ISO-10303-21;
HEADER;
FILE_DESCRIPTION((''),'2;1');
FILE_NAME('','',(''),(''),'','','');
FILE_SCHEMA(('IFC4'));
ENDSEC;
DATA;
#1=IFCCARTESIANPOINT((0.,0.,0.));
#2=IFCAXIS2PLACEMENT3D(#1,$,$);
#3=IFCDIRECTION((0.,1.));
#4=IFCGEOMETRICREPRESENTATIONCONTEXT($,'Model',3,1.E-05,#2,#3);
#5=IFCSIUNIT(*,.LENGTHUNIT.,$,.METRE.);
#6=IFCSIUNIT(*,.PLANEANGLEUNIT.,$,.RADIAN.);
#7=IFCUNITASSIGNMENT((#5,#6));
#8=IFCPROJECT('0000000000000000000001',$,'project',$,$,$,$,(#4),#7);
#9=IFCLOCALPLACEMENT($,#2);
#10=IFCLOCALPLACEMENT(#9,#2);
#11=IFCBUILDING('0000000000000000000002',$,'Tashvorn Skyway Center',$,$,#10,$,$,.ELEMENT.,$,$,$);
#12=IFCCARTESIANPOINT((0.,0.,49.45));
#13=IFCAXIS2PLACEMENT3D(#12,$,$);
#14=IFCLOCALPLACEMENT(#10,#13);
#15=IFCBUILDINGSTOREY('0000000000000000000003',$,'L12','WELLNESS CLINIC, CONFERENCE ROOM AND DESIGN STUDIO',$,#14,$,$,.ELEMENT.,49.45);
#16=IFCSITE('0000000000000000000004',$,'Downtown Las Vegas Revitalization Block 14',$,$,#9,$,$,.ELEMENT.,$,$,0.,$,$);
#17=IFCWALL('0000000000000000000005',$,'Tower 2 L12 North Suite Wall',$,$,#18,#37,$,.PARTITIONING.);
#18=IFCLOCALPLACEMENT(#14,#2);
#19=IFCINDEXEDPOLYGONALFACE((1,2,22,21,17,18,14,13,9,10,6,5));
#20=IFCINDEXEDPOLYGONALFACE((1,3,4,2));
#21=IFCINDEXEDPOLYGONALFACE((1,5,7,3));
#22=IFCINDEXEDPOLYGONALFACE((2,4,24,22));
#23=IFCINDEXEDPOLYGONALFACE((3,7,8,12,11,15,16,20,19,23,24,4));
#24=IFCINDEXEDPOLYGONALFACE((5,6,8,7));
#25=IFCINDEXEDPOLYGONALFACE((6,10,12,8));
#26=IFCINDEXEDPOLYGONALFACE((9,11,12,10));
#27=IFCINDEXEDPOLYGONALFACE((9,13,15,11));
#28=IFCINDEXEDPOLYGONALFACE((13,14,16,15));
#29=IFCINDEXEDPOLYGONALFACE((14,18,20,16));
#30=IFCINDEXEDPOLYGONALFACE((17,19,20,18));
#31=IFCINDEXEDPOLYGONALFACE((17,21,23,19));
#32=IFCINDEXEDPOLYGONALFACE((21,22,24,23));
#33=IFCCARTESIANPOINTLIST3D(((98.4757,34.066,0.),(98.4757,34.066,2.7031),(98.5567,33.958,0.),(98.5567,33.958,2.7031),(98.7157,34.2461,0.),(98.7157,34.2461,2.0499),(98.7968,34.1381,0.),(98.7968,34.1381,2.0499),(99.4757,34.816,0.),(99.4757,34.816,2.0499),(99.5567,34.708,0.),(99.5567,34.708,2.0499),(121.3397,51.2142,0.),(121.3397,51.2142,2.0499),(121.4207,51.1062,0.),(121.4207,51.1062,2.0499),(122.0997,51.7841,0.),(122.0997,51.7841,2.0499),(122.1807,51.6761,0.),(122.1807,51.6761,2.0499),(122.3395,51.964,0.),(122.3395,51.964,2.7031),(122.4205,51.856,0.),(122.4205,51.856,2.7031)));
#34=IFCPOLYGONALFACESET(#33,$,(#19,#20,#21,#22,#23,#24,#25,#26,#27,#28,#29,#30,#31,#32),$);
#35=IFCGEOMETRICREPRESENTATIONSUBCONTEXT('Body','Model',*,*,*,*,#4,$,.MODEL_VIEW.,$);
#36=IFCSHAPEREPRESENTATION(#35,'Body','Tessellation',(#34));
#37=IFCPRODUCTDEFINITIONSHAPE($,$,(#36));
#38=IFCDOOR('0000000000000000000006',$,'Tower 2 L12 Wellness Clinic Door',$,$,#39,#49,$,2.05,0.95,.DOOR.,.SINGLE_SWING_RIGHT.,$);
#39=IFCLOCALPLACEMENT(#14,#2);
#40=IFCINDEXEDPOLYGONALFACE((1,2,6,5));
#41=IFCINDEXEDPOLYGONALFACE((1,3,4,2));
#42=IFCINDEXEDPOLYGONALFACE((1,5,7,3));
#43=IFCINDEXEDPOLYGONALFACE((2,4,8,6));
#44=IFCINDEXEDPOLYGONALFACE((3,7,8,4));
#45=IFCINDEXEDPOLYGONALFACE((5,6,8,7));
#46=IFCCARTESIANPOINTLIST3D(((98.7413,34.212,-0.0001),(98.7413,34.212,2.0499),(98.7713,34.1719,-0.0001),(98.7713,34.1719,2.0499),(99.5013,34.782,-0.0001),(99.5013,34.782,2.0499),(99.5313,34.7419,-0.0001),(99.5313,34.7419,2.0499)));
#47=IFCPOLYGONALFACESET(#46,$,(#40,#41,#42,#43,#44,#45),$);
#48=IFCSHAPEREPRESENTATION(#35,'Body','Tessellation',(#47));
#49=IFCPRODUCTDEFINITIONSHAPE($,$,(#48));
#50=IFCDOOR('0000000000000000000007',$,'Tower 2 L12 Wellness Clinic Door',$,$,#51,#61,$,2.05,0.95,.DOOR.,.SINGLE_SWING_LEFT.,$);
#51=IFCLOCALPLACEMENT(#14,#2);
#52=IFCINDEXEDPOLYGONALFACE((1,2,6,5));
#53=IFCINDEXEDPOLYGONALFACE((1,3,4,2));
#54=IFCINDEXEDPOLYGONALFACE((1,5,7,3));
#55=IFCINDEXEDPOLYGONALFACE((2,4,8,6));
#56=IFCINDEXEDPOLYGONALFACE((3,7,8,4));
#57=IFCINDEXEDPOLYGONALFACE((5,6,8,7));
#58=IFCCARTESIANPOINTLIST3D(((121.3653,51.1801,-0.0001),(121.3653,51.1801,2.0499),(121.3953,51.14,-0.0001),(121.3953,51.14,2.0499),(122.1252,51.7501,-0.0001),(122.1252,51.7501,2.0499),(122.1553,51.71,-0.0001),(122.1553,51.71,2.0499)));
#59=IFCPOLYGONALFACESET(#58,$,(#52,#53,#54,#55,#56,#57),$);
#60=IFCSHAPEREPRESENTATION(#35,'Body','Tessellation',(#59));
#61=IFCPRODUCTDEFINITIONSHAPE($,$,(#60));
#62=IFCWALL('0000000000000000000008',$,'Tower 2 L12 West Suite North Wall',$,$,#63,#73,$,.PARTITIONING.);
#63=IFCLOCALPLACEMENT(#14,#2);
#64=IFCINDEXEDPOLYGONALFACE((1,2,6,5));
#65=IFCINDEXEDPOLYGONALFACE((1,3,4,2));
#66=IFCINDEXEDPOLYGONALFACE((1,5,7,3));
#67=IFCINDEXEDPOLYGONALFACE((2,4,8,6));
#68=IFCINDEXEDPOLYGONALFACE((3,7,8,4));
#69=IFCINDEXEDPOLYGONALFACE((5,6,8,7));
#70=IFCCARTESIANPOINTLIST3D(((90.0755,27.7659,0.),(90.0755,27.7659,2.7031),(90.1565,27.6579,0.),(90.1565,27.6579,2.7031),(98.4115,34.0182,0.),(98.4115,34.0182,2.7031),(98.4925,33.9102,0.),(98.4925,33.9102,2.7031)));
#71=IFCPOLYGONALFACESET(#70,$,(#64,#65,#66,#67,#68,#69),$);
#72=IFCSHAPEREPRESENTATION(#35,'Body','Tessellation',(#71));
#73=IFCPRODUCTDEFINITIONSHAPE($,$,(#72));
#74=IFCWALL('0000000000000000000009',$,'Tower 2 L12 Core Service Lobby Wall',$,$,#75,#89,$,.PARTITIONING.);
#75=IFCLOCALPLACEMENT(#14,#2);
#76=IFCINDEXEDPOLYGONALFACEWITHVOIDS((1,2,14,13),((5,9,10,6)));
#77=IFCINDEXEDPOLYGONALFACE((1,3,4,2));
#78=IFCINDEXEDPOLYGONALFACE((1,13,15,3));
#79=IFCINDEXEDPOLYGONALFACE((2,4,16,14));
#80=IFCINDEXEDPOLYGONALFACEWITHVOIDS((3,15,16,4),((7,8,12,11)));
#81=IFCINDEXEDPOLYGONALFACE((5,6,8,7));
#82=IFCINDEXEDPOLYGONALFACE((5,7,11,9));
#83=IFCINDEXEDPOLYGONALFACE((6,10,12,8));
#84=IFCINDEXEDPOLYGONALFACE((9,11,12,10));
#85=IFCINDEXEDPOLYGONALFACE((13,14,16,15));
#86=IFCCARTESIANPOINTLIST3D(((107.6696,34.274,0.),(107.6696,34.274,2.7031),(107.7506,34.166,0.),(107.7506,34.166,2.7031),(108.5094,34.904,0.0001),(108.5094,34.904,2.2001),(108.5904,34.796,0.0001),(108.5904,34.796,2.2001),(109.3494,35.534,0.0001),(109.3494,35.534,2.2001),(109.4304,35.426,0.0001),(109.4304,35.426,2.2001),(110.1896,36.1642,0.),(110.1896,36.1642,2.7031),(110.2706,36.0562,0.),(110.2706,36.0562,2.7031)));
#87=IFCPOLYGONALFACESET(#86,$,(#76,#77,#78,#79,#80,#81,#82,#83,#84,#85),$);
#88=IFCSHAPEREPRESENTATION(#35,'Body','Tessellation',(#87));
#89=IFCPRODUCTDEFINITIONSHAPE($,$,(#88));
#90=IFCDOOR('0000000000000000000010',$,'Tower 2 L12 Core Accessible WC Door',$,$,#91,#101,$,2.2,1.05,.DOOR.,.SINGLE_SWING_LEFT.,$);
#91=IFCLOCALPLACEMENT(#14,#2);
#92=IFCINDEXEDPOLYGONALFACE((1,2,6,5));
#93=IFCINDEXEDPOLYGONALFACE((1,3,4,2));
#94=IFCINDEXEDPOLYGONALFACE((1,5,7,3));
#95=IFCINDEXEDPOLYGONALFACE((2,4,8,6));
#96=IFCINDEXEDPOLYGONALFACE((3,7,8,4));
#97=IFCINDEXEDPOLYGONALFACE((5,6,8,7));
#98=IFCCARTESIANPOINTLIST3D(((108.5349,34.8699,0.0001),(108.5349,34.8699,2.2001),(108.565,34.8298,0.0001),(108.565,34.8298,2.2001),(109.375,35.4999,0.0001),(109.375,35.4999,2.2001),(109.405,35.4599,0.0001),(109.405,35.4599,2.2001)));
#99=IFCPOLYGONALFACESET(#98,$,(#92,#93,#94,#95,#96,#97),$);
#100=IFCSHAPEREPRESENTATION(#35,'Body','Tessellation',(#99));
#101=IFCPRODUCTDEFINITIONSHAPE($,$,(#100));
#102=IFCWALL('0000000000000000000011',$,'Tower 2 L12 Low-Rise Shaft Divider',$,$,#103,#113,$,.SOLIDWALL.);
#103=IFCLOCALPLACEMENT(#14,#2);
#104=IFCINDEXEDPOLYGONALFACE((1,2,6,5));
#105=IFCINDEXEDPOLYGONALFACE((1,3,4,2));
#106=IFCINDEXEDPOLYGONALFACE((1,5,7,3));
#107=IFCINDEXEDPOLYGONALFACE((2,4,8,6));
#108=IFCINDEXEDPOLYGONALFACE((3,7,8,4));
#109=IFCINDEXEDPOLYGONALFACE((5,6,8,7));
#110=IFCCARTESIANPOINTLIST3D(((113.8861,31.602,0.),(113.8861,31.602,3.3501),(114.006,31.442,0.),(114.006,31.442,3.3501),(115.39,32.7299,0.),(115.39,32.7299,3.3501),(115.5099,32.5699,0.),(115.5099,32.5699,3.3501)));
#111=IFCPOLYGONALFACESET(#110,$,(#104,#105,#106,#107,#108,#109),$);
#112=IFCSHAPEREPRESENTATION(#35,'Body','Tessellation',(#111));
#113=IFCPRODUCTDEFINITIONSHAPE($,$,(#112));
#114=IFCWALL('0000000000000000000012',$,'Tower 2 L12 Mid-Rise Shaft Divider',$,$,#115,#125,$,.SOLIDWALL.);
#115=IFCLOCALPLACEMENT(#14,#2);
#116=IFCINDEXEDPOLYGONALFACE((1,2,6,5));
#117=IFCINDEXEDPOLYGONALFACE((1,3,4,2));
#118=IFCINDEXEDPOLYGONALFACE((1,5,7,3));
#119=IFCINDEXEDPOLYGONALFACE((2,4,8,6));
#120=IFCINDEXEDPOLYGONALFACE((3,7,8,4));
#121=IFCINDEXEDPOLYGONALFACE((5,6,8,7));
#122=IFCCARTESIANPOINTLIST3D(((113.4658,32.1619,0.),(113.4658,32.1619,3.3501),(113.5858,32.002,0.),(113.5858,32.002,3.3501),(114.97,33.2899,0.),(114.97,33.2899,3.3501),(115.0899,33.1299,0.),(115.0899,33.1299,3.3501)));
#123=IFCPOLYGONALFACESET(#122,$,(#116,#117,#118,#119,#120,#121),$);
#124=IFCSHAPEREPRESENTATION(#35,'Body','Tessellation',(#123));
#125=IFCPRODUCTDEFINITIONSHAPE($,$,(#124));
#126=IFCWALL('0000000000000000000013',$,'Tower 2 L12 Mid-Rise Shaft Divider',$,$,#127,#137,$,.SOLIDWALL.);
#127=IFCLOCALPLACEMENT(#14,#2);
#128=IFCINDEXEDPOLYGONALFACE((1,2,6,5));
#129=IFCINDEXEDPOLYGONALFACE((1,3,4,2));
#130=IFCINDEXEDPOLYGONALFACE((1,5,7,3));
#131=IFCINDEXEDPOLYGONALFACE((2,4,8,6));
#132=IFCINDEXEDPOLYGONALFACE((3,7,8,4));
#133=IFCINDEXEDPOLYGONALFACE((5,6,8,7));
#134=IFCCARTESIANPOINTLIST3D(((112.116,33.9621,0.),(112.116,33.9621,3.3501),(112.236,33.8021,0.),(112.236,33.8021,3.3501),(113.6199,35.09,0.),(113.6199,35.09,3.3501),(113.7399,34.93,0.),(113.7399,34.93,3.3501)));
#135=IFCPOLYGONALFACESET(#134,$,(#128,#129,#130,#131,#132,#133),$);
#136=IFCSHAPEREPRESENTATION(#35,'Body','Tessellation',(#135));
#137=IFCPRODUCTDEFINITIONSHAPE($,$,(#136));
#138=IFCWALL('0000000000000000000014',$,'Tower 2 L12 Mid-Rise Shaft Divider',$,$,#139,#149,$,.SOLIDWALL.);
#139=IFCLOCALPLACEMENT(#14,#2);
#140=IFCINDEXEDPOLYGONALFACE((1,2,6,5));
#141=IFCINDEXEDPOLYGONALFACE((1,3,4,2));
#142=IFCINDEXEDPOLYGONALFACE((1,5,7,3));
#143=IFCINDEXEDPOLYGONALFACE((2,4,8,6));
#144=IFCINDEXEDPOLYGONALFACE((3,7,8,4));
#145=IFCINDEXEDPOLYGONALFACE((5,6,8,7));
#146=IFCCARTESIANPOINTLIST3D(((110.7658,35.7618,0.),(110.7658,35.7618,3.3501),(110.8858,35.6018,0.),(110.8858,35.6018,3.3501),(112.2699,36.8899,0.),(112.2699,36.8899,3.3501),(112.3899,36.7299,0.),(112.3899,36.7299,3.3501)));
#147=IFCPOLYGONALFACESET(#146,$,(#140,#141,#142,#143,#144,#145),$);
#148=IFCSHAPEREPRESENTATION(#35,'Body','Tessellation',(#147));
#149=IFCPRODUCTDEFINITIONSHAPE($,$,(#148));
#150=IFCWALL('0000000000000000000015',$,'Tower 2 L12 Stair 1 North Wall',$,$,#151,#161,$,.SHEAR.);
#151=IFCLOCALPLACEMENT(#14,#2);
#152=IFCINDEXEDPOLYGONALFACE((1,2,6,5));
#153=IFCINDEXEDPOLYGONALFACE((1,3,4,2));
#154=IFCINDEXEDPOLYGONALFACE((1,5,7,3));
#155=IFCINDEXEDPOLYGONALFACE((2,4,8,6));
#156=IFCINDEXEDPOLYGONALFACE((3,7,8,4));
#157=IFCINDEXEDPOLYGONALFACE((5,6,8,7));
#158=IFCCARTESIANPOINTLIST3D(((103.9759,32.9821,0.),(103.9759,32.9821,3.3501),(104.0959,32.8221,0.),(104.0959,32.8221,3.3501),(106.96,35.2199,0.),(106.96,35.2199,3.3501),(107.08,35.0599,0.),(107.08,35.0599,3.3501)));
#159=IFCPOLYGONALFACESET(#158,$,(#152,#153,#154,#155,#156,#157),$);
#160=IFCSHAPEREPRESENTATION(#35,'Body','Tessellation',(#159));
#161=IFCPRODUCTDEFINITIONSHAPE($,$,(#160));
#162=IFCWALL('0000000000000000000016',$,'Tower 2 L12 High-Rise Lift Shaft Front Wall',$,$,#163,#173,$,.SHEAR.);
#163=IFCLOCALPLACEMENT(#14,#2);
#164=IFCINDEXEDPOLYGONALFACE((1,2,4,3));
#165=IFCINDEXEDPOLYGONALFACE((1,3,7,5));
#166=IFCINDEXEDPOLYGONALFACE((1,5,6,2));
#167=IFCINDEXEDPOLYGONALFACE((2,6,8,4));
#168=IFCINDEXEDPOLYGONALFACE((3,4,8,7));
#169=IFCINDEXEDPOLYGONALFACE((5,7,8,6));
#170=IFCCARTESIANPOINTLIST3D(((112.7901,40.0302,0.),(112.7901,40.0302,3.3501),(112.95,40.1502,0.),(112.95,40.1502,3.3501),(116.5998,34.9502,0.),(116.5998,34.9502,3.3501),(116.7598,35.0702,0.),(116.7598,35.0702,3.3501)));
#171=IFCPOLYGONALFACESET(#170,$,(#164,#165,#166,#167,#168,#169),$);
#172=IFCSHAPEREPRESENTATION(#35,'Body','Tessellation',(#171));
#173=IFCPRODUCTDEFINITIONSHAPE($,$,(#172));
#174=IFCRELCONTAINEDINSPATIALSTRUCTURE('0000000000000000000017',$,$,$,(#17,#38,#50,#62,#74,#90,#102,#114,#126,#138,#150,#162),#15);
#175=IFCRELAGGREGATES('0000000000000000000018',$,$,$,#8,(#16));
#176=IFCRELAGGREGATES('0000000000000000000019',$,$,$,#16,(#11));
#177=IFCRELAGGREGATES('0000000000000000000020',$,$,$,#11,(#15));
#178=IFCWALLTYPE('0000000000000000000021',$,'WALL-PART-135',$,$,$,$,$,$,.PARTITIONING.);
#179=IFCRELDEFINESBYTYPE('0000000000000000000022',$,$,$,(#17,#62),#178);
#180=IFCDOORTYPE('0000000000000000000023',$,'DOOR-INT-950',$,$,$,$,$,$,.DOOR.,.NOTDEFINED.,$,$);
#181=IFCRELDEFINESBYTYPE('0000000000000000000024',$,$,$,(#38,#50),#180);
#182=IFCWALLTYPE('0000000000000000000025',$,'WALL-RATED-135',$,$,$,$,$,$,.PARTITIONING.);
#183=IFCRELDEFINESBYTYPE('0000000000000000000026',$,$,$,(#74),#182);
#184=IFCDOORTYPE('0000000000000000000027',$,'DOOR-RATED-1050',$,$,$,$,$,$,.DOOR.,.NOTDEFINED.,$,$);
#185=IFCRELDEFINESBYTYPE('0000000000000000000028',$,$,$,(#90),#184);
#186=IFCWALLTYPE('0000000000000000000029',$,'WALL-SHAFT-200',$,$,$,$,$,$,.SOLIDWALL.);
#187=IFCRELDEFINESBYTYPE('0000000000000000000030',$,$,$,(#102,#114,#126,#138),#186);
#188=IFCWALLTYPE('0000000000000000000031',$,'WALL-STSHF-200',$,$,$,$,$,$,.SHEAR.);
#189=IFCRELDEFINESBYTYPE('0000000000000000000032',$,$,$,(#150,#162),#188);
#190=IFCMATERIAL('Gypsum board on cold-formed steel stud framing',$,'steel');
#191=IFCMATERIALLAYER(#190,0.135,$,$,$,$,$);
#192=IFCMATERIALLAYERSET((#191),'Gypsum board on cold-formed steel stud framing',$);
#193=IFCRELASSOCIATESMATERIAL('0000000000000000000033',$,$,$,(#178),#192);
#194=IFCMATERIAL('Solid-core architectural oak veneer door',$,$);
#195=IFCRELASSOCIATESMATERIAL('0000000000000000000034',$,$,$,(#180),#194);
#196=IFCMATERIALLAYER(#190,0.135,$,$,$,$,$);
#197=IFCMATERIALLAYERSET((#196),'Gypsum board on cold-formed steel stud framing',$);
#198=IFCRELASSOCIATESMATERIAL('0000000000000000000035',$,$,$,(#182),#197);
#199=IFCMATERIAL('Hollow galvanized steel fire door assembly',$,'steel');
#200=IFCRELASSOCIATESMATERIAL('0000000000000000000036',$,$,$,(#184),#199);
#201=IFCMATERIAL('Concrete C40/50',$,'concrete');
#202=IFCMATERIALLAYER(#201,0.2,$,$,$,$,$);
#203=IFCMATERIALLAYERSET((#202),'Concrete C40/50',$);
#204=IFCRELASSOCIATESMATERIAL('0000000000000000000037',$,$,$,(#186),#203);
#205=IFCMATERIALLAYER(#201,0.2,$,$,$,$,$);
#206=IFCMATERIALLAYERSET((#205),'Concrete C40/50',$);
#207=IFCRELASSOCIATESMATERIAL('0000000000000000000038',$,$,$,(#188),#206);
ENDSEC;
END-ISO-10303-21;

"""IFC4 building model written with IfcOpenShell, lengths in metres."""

from ifc_helpers import new_model, si_unit, direction, frame, frame_2d, origin, place, context, subcontext, project, spatial, rectangle, extrude, material, layer, layer_set, type_object, element, fill, save


model = new_model("IFC4")

# Units and contexts
model_context = context("Model", 3, precision=1e-05, world=origin(), true_north=direction((0.0, 1.0)))
body_context = subcontext(model_context, "Body", "Model", "MODEL_VIEW")
ifc_project = project(units=[si_unit("LENGTHUNIT", "METRE"), si_unit("PLANEANGLEUNIT", "RADIAN")], contexts=[model_context])

# Site, building, storey
site_placement = place(None, origin())
site = spatial("IfcSite", under=ifc_project, at=site_placement, Name="Downtown Las Vegas Revitalization Block 14", CompositionType="ELEMENT", RefElevation=0.0)
building_placement = place(site_placement, origin())
building = spatial("IfcBuilding", under=site, at=building_placement, Name="Tashvorn Skyway Center", CompositionType="ELEMENT")
storey_placement = place(building_placement, frame((0.0, 0.0, 49.45)))
storey = spatial("IfcBuildingStorey", under=building, at=storey_placement, Name="L12", Description="WELLNESS CLINIC, CONFERENCE ROOM AND DESIGN STUDIO", CompositionType="ELEMENT", Elevation=49.45)

# Shared definitions
ifc_material_1 = material(Name="Hollow galvanized steel fire door assembly", Category="steel")

# Shared definitions
ifc_material_2 = material(Name="Gypsum board on cold-formed steel stud framing", Category="steel")

# Wall, openings, doors
ifc_layer_1 = layer(ifc_material_2, 0.135)
ifc_layer_set_1 = layer_set([ifc_layer_1], Name="Gypsum board on cold-formed steel stud framing")
wall_type_1 = type_object("IfcWallType", Name="WALL-PART-135", PredefinedType="PARTITIONING", material=ifc_layer_set_1)
wall_1_placement = place(storey_placement, frame((98.5161, 34.012, 0.0), z_axis=(0.0, 0.0, 1.0), x_axis=(0.799998, 0.600003, 0.0)))
wall_1 = element("IfcWall", 1, at=wall_1_placement, inside=storey, type_object=wall_type_1, Name="Tower 2 L12 North Suite Wall", PredefinedType="PARTITIONING", context=body_context, shape_type="SweptSolid", body=[
    extrude(rectangle(XDim=29.8298, YDim=0.135, at=frame_2d((14.915, 0.0))), origin(), (0.0, 0.0, 1.0), 2.7031),
])
opening_1_placement = place(wall_1_placement, frame((0.3, 0.0, 0.0)))
opening_1 = element("IfcOpeningElement", 2, at=opening_1_placement, cuts=wall_1, PredefinedType="OPENING", context=body_context, shape_type="SweptSolid", body=[
    extrude(rectangle(XDim=0.95, YDim=2.05, at=frame_2d((0.4751, 1.0249))), frame((0.0, 0.0774, 0.0), z_axis=(0.0, -1.0, 0.0), x_axis=(1.0, 0.0, 0.0)), (0.0, 0.0, 1.0), 0.155),
])
opening_2_placement = place(wall_1_placement, frame((28.5801, 0.0, 0.0)))
opening_2 = element("IfcOpeningElement", 3, at=opening_2_placement, cuts=wall_1, PredefinedType="OPENING", context=body_context, shape_type="SweptSolid", body=[
    extrude(rectangle(XDim=0.95, YDim=2.05, at=frame_2d((0.4751, 1.0249))), frame((0.0, 0.0774, 0.0), z_axis=(0.0, -1.0, 0.0), x_axis=(1.0, 0.0, 0.0)), (0.0, 0.0, 1.0), 0.155),
])
ifc_material_3 = material(Name="Solid-core architectural oak veneer door")
door_type_1 = type_object("IfcDoorType", Name="DOOR-INT-950", OperationType="NOTDEFINED", PredefinedType="DOOR", material=ifc_material_3)
door_1_placement = place(opening_1_placement, origin())
door_1 = element("IfcDoor", 4, at=door_1_placement, inside=storey, type_object=door_type_1, Name="Tower 2 L12 Wellness Clinic Door", OperationType="SINGLE_SWING_RIGHT", OverallHeight=2.05, OverallWidth=0.95, PredefinedType="DOOR", context=body_context, shape_type="SweptSolid", body=[
    extrude(rectangle(XDim=0.95, YDim=2.05, at=frame_2d((0.4751, 1.0249))), frame((0.0, 0.0249, 0.0), z_axis=(0.0, -1.0, 0.0), x_axis=(1.0, 0.0, 0.0)), (0.0, 0.0, 1.0), 0.05),
])
fill(opening_1, door_1)
door_2_placement = place(opening_2_placement, origin())
door_2 = element("IfcDoor", 5, at=door_2_placement, inside=storey, type_object=door_type_1, Name="Tower 2 L12 Wellness Clinic Door", OperationType="SINGLE_SWING_LEFT", OverallHeight=2.05, OverallWidth=0.95, PredefinedType="DOOR", context=body_context, shape_type="SweptSolid", body=[
    extrude(rectangle(XDim=0.95, YDim=2.05, at=frame_2d((0.4751, 1.0249))), frame((0.0, 0.0249, 0.0), z_axis=(0.0, -1.0, 0.0), x_axis=(1.0, 0.0, 0.0)), (0.0, 0.0, 1.0), 0.05),
])
fill(opening_2, door_2)

# Wall
wall_2_placement = place(storey_placement, frame((98.4519, 33.9641, 0.0), z_axis=(0.0, 0.0, 1.0), x_axis=(-0.799989, -0.600015, 0.0)))
element("IfcWall", 6, at=wall_2_placement, inside=storey, type_object=wall_type_1, Name="Tower 2 L12 West Suite North Wall", PredefinedType="PARTITIONING", context=body_context, shape_type="SweptSolid", body=[
    extrude(rectangle(XDim=10.4202, YDim=0.135, at=frame_2d((5.21, 0.0))), origin(), (0.0, 0.0, 1.0), 2.7031),
])

# Wall, opening, door
ifc_layer_2 = layer(ifc_material_2, 0.135)
ifc_layer_set_2 = layer_set([ifc_layer_2], Name="Gypsum board on cold-formed steel stud framing")
wall_type_2 = type_object("IfcWallType", Name="WALL-RATED-135", PredefinedType="PARTITIONING", material=ifc_layer_set_2)
wall_3_placement = place(storey_placement, frame((107.71, 34.22, 0.0), z_axis=(0.0, 0.0, 1.0), x_axis=(0.799981, 0.600025, 0.0)))
wall_3 = element("IfcWall", 7, at=wall_3_placement, inside=storey, type_object=wall_type_2, Name="Tower 2 L12 Core Service Lobby Wall", PredefinedType="PARTITIONING", context=body_context, shape_type="SweptSolid", body=[
    extrude(rectangle(XDim=3.1501, YDim=0.135, at=frame_2d((1.5752, 0.0))), origin(), (0.0, 0.0, 1.0), 2.7031),
])
opening_3_placement = place(wall_3_placement, frame((1.05, 0.0, 0.0)))
opening_3 = element("IfcOpeningElement", 8, at=opening_3_placement, cuts=wall_3, PredefinedType="OPENING", context=body_context, shape_type="SweptSolid", body=[
    extrude(rectangle(XDim=1.05, YDim=2.2, at=frame_2d((0.5249, 1.1001))), frame((0.0, 0.0774, 0.0), z_axis=(0.0, -1.0, 0.0), x_axis=(1.0, 0.0, 0.0)), (0.0, 0.0, 1.0), 0.155),
])
door_type_2 = type_object("IfcDoorType", Name="DOOR-RATED-1050", OperationType="NOTDEFINED", PredefinedType="DOOR", material=ifc_material_1)
door_3_placement = place(opening_3_placement, origin())
door_3 = element("IfcDoor", 9, at=door_3_placement, inside=storey, type_object=door_type_2, Name="Tower 2 L12 Core Accessible WC Door", OperationType="SINGLE_SWING_LEFT", OverallHeight=2.2, OverallWidth=1.05, PredefinedType="DOOR", context=body_context, shape_type="SweptSolid", body=[
    extrude(rectangle(XDim=1.05, YDim=2.2, at=frame_2d((0.5249, 1.1001))), frame((0.0, 0.0249, 0.0), z_axis=(0.0, -1.0, 0.0), x_axis=(1.0, 0.0, 0.0)), (0.0, 0.0, 1.0), 0.05),
])
fill(opening_3, door_3)

# Walls
ifc_material_4 = material(Name="Concrete C40/50", Category="concrete")
ifc_layer_3 = layer(ifc_material_4, 0.2)
ifc_layer_set_3 = layer_set([ifc_layer_3], Name="Concrete C40/50")
wall_type_3 = type_object("IfcWallType", Name="WALL-SHAFT-200", PredefinedType="SOLIDWALL", material=ifc_layer_set_3)
wall_4_placement = place(storey_placement, frame((113.946, 31.522, 0.0), z_axis=(0.0, 0.0, 1.0), x_axis=(0.8, 0.6, 0.0)))
element("IfcWall", 10, at=wall_4_placement, inside=storey, type_object=wall_type_3, Name="Tower 2 L12 Low-Rise Shaft Divider", PredefinedType="SOLIDWALL", context=body_context, shape_type="SweptSolid", body=[
    extrude(rectangle(XDim=1.8799, YDim=0.2, at=frame_2d((0.9399, 0.0))), origin(), (0.0, 0.0, 1.0), 3.3501),
])
wall_5_placement = place(storey_placement, frame((113.5259, 32.082, 0.0), z_axis=(0.0, 0.0, 1.0), x_axis=(0.800047, 0.599938, 0.0)))
element("IfcWall", 11, at=wall_5_placement, inside=storey, type_object=wall_type_3, Name="Tower 2 L12 Mid-Rise Shaft Divider", PredefinedType="SOLIDWALL", context=body_context, shape_type="SweptSolid", body=[
    extrude(rectangle(XDim=1.8801, YDim=0.2, at=frame_2d((0.9399, 0.0))), origin(), (0.0, 0.0, 1.0), 3.3501),
])
wall_6_placement = place(storey_placement, frame((112.176, 33.8821, 0.0), z_axis=(0.0, 0.0, 1.0), x_axis=(0.8, 0.6, 0.0)))
element("IfcWall", 12, at=wall_6_placement, inside=storey, type_object=wall_type_3, Name="Tower 2 L12 Mid-Rise Shaft Divider", PredefinedType="SOLIDWALL", context=body_context, shape_type="SweptSolid", body=[
    extrude(rectangle(XDim=1.8799, YDim=0.2, at=frame_2d((0.9399, 0.0))), origin(), (0.0, 0.0, 1.0), 3.3501),
])
wall_7_placement = place(storey_placement, frame((110.8259, 35.6819, 0.0), z_axis=(0.0, 0.0, 1.0), x_axis=(0.799984, 0.600021, 0.0)))
element("IfcWall", 13, at=wall_7_placement, inside=storey, type_object=wall_type_3, Name="Tower 2 L12 Mid-Rise Shaft Divider", PredefinedType="SOLIDWALL", context=body_context, shape_type="SweptSolid", body=[
    extrude(rectangle(XDim=1.8801, YDim=0.2, at=frame_2d((0.9399, 0.0))), origin(), (0.0, 0.0, 1.0), 3.3501),
])
ifc_layer_4 = layer(ifc_material_4, 0.2)
ifc_layer_set_4 = layer_set([ifc_layer_4], Name="Concrete C40/50")
wall_type_4 = type_object("IfcWallType", Name="WALL-STSHF-200", PredefinedType="SHEAR", material=ifc_layer_set_4)
wall_8_placement = place(storey_placement, frame((104.0359, 32.9021, 0.0), z_axis=(0.0, 0.0, 1.0), x_axis=(0.800039, 0.599948, 0.0)))
element("IfcWall", 14, at=wall_8_placement, inside=storey, type_object=wall_type_4, Name="Tower 2 L12 Stair 1 North Wall", PredefinedType="SHEAR", context=body_context, shape_type="SweptSolid", body=[
    extrude(rectangle(XDim=3.73, YDim=0.2, at=frame_2d((1.865, 0.0))), origin(), (0.0, 0.0, 1.0), 3.3501),
])
wall_9_placement = place(storey_placement, frame((112.8701, 40.0901, 0.0), z_axis=(0.0, 0.0, 1.0), x_axis=(0.599975, -0.800018, 0.0)))
element("IfcWall", 15, at=wall_9_placement, inside=storey, type_object=wall_type_4, Name="Tower 2 L12 High-Rise Lift Shaft Front Wall", PredefinedType="SHEAR", context=body_context, shape_type="SweptSolid", body=[
    extrude(rectangle(XDim=6.3499, YDim=0.2, at=frame_2d((3.1748, 0.0))), origin(), (0.0, 0.0, 1.0), 3.3501),
])

save(model, "model.ifc")
